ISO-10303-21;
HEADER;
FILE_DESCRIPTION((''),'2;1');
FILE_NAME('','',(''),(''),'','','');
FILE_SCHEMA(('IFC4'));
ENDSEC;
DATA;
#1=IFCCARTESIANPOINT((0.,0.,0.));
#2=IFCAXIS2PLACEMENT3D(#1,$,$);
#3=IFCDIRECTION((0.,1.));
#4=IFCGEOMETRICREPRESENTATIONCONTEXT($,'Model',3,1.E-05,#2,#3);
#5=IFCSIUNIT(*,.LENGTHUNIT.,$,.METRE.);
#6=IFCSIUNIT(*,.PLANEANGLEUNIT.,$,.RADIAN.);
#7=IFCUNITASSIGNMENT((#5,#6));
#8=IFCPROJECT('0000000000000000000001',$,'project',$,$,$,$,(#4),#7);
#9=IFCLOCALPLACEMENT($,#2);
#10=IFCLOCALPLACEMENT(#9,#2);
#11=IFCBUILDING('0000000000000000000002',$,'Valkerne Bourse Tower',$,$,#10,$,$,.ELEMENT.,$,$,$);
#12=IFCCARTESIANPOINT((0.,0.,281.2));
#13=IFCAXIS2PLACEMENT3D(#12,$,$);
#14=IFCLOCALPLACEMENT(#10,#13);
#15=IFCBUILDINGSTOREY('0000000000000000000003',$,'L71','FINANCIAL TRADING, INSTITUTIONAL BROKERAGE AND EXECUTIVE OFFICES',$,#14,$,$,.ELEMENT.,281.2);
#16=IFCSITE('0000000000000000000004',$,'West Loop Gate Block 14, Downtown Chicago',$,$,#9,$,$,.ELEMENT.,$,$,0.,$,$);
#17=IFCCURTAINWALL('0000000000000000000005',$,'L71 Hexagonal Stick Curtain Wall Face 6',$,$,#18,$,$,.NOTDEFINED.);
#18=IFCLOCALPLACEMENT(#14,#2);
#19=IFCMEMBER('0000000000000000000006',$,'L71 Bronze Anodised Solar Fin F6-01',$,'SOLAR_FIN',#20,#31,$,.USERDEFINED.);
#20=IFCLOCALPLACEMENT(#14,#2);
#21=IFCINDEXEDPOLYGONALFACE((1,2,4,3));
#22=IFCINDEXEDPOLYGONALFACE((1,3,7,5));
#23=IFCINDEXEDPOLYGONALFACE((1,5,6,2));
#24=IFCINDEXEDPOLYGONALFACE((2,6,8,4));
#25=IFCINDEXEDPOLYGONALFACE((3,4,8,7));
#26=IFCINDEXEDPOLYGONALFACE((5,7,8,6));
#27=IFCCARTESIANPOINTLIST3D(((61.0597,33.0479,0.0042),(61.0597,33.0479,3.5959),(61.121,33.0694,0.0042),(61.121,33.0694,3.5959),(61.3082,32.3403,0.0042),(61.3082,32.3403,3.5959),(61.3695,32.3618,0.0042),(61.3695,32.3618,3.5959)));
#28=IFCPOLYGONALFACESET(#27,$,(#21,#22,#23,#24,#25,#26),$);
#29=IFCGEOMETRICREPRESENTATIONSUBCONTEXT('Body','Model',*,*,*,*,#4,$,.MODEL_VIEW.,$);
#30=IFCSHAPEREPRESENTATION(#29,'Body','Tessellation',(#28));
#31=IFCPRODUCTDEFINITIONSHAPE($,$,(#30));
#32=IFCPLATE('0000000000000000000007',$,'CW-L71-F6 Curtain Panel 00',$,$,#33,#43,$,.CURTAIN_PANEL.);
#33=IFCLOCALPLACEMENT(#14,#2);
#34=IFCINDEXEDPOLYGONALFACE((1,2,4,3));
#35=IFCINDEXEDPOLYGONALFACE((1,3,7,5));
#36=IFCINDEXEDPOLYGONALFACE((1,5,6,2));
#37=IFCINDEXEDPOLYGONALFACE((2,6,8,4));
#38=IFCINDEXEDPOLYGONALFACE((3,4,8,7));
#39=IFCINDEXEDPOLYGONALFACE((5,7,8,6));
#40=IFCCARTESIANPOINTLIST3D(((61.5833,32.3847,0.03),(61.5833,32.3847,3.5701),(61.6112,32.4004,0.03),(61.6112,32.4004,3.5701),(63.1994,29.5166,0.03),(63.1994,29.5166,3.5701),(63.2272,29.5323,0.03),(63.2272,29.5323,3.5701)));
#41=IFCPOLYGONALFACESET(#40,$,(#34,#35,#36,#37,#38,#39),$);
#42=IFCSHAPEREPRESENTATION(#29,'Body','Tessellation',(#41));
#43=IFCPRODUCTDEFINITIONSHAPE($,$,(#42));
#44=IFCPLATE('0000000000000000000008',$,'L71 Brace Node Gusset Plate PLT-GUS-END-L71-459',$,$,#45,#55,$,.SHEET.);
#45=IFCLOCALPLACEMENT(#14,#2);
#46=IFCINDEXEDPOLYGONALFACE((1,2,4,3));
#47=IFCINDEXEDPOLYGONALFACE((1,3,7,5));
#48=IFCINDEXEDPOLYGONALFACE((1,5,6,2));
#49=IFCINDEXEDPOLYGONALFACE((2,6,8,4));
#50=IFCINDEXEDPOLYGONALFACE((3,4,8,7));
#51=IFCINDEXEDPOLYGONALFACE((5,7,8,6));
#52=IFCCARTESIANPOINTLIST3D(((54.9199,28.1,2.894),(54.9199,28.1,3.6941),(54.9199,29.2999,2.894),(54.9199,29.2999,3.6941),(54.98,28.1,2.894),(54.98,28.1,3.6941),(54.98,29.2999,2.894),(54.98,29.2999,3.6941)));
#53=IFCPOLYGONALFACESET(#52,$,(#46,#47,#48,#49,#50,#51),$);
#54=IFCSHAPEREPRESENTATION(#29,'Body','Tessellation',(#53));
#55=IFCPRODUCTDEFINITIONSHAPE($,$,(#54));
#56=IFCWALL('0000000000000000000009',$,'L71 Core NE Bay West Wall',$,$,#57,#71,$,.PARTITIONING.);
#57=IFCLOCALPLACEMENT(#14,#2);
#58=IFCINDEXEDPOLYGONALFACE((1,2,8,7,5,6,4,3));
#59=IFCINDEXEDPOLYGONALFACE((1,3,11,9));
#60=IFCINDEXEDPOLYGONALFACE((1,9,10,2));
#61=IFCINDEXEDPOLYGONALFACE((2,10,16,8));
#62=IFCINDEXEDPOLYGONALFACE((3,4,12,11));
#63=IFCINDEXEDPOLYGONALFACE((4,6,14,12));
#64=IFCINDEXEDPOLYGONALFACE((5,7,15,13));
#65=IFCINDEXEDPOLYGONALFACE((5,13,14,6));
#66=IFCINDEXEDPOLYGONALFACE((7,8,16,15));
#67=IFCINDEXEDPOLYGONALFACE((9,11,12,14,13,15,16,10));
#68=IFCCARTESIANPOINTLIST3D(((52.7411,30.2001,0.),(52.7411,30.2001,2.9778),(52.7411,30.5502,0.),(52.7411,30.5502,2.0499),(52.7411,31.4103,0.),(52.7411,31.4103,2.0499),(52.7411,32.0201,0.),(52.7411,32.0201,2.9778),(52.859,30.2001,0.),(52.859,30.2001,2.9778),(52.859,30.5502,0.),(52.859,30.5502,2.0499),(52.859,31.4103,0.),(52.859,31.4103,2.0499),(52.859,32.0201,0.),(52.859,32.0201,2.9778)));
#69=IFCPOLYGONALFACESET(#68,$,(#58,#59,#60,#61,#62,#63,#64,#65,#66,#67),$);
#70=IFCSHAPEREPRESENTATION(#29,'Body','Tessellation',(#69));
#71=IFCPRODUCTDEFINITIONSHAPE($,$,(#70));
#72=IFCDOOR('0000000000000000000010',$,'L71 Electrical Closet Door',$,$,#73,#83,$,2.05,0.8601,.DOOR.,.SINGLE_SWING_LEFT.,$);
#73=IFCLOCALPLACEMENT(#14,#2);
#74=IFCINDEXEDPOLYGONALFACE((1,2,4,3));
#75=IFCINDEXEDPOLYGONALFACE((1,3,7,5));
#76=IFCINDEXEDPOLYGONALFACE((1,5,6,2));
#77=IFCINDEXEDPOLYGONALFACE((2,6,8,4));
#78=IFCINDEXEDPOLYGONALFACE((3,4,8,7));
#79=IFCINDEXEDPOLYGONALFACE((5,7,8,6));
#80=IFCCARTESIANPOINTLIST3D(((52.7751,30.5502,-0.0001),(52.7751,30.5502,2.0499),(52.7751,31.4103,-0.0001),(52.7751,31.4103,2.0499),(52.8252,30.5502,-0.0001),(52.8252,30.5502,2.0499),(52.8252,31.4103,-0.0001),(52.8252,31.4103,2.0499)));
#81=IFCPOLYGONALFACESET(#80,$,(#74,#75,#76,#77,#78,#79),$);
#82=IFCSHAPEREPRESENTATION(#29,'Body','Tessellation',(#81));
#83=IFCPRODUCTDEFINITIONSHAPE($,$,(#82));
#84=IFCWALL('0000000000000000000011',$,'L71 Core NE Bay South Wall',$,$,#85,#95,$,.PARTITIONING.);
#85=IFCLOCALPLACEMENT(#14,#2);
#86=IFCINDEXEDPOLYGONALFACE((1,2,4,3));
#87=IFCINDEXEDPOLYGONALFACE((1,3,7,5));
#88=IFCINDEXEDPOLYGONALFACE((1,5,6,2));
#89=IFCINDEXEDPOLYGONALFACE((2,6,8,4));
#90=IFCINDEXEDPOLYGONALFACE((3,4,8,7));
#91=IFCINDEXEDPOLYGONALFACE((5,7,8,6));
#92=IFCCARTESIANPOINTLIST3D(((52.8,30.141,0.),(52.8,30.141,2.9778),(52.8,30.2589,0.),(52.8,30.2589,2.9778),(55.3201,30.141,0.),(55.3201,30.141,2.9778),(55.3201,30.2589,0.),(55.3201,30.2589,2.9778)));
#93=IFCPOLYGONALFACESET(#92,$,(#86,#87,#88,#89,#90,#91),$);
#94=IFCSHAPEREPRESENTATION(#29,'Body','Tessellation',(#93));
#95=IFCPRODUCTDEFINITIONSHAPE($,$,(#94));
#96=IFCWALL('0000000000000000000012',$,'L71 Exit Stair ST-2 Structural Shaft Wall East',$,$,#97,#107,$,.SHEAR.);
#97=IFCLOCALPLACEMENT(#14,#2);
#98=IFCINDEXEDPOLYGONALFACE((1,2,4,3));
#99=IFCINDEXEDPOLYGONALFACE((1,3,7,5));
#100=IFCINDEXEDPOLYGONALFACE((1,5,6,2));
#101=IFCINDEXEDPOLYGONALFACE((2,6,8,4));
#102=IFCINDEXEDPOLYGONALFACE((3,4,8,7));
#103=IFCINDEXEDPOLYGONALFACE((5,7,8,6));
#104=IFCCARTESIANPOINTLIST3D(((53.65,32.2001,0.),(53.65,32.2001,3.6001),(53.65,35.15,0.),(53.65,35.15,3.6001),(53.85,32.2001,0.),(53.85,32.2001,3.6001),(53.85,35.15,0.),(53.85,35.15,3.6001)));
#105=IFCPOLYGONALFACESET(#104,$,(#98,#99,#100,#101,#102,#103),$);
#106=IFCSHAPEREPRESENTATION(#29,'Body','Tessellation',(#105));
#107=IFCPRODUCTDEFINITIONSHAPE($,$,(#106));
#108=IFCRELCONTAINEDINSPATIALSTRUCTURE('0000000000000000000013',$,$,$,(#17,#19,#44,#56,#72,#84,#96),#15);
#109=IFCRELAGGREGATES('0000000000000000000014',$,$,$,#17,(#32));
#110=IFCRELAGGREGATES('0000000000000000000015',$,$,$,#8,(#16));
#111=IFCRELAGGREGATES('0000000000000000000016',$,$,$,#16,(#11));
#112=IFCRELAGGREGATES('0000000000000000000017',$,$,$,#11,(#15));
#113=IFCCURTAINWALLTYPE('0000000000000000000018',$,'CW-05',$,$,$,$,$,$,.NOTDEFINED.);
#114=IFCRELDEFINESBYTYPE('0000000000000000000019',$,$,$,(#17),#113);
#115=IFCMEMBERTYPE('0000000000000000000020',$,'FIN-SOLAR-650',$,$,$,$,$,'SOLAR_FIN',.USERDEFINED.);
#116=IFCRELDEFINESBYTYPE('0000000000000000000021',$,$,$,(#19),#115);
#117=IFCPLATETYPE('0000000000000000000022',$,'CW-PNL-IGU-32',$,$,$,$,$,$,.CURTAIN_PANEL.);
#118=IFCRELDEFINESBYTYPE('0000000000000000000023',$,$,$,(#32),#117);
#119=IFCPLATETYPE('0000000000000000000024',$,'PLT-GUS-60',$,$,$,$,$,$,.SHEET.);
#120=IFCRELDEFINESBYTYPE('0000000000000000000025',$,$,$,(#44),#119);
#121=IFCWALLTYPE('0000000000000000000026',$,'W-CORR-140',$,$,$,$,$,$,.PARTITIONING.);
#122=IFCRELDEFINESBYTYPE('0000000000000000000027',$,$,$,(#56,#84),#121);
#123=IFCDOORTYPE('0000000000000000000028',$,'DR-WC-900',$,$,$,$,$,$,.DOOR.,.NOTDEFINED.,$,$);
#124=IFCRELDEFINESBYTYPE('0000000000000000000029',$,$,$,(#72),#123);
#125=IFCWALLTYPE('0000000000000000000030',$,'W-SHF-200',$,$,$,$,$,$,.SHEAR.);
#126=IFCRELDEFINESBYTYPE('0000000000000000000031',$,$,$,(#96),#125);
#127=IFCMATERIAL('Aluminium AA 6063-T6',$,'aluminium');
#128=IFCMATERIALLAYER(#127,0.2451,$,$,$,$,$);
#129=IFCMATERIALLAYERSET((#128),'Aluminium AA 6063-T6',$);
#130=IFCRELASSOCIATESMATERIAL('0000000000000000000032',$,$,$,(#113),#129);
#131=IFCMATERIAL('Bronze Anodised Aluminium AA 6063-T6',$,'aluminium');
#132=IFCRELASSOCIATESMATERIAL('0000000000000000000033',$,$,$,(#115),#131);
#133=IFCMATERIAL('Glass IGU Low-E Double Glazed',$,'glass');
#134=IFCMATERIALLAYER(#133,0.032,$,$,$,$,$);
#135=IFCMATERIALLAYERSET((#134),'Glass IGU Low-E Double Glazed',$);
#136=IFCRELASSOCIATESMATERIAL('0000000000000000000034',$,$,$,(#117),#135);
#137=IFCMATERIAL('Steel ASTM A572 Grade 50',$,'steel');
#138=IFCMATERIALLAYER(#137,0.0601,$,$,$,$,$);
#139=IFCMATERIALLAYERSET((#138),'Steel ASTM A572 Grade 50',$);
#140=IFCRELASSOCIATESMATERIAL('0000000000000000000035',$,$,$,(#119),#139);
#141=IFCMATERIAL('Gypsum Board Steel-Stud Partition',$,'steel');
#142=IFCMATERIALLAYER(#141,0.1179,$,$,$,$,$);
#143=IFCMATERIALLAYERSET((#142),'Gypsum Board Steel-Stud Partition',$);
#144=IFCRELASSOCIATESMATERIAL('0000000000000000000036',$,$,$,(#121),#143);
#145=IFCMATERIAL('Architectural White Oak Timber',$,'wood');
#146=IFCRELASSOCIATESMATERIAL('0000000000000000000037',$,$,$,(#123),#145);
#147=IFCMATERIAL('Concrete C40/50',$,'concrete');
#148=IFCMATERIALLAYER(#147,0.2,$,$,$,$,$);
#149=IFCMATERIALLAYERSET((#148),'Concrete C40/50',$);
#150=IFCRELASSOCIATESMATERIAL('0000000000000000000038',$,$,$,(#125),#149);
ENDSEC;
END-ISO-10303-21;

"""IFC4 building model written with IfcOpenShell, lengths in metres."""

from ifc_helpers import new_model, si_unit, direction, frame, frame_2d, origin, origin_2d, place, context, subcontext, project, spatial, rectangle, extrude, material, layer, layer_set, material_profile, profile_set, type_object, element, fill, aggregate, save


model = new_model("IFC4")

# Units and contexts
model_context = context("Model", 3, precision=1e-05, world=origin(), true_north=direction((0.0, 1.0)))
body_context = subcontext(model_context, "Body", "Model", "MODEL_VIEW")
ifc_project = project(units=[si_unit("LENGTHUNIT", "METRE"), si_unit("PLANEANGLEUNIT", "RADIAN")], contexts=[model_context])

# Site, building, storey
site_placement = place(None, origin())
site = spatial("IfcSite", under=ifc_project, at=site_placement, Name="West Loop Gate Block 14, Downtown Chicago", CompositionType="ELEMENT", RefElevation=0.0)
building_placement = place(site_placement, origin())
building = spatial("IfcBuilding", under=site, at=building_placement, Name="Valkerne Bourse Tower", CompositionType="ELEMENT")
storey_placement = place(building_placement, frame((0.0, 0.0, 281.2)))
storey = spatial("IfcBuildingStorey", under=building, at=storey_placement, Name="L71", Description="FINANCIAL TRADING, INSTITUTIONAL BROKERAGE AND EXECUTIVE OFFICES", CompositionType="ELEMENT", Elevation=281.2)

# Curtain wall
ifc_material_1 = material(Name="Aluminium AA 6063-T6", Category="aluminium")
ifc_layer_1 = layer(ifc_material_1, 0.2451)
ifc_layer_set_1 = layer_set([ifc_layer_1], Name="Aluminium AA 6063-T6")
curtain_wall_type = type_object("IfcCurtainWallType", Name="CW-05", PredefinedType="NOTDEFINED", material=ifc_layer_set_1)
curtain_wall_placement = place(storey_placement, origin())
curtain_wall = element("IfcCurtainWall", 1, at=curtain_wall_placement, inside=storey, type_object=curtain_wall_type, Name="L71 Hexagonal Stick Curtain Wall Face 6", PredefinedType="NOTDEFINED")

# Member
ifc_material_2 = material(Name="Bronze Anodised Aluminium AA 6063-T6", Category="aluminium")
ifc_material_profile_1 = material_profile(ifc_material_2, rectangle(XDim=0.0649, YDim=0.75, at=origin_2d()), Name="FIN-65X750")
ifc_profile_set_1 = profile_set([ifc_material_profile_1], Name="Bronze Anodised Aluminium AA 6063-T6")
member_type_1 = type_object("IfcMemberType", Name="FIN-SOLAR-650", ElementType="SOLAR_FIN", PredefinedType="USERDEFINED", material=ifc_profile_set_1)
member_1_placement = place(storey_placement, frame((61.2146, 32.7048, 0.0042), z_axis=(0.0, 0.0, 1.0), x_axis=(0.943535, 0.331274, 0.0)))
element("IfcMember", 2, at=member_1_placement, inside=storey, type_object=member_type_1, Name="L71 Bronze Anodised Solar Fin F6-01", ObjectType="SOLAR_FIN", PredefinedType="USERDEFINED", context=body_context, shape_type="SweptSolid", body=[
    extrude(rectangle(XDim=0.0649, YDim=0.75, at=origin_2d()), origin(), (0.0, 0.0, 1.0), 3.5918),
])

# Plates
ifc_material_3 = material(Name="Glass IGU Low-E Double Glazed", Category="glass")
ifc_layer_2 = layer(ifc_material_3, 0.032)
ifc_layer_set_2 = layer_set([ifc_layer_2], Name="Glass IGU Low-E Double Glazed")
plate_type_1 = type_object("IfcPlateType", Name="CW-PNL-IGU-32", PredefinedType="CURTAIN_PANEL", material=ifc_layer_set_2)
plate_1_placement = place(storey_placement, frame((62.4053, 30.9585, 0.03), z_axis=(0.0, 0.0, 1.0), x_axis=(-0.490912, 0.871209, 0.0)))
plate_1 = element("IfcPlate", 3, at=plate_1_placement, type_object=plate_type_1, Name="CW-L71-F6 Curtain Panel 00", PredefinedType="CURTAIN_PANEL", context=body_context, shape_type="SweptSolid", body=[
    extrude(rectangle(XDim=3.292, YDim=0.032, at=origin_2d()), origin(), (0.0, 0.0, 1.0), 3.54),
])
aggregate(curtain_wall, [plate_1])
ifc_material_4 = material(Name="Steel ASTM A572 Grade 50", Category="steel")
ifc_layer_3 = layer(ifc_material_4, 0.0601)
ifc_layer_set_3 = layer_set([ifc_layer_3], Name="Steel ASTM A572 Grade 50")
plate_type_2 = type_object("IfcPlateType", Name="PLT-GUS-60", PredefinedType="SHEET", material=ifc_layer_set_3)
plate_2_placement = place(storey_placement, frame((54.95, 28.7, 2.894), z_axis=(0.0, 0.0, 1.0), x_axis=(0.0, 1.0, 0.0)))
element("IfcPlate", 4, at=plate_2_placement, inside=storey, type_object=plate_type_2, Name="L71 Brace Node Gusset Plate PLT-GUS-END-L71-459", PredefinedType="SHEET", context=body_context, shape_type="SweptSolid", body=[
    extrude(rectangle(XDim=1.2, YDim=0.0601, at=origin_2d()), origin(), (0.0, 0.0, 1.0), 0.8),
])

# Wall, opening, door
ifc_material_5 = material(Name="Gypsum Board Steel-Stud Partition", Category="steel")
ifc_layer_4 = layer(ifc_material_5, 0.1179)
ifc_layer_set_4 = layer_set([ifc_layer_4], Name="Gypsum Board Steel-Stud Partition")
wall_type_1 = type_object("IfcWallType", Name="W-CORR-140", PredefinedType="PARTITIONING", material=ifc_layer_set_4)
wall_1_placement = place(storey_placement, frame((52.8, 30.2, 0.0), z_axis=(0.0, 0.0, 1.0), x_axis=(0.0, 1.0, 0.0)))
wall_1 = element("IfcWall", 5, at=wall_1_placement, inside=storey, type_object=wall_type_1, Name="L71 Core NE Bay West Wall", PredefinedType="PARTITIONING", context=body_context, shape_type="SweptSolid", body=[
    extrude(rectangle(XDim=1.8201, YDim=0.1179, at=frame_2d((0.9102, 0.0))), origin(), (0.0, 0.0, 1.0), 2.9778),
])
opening_1_placement = place(wall_1_placement, frame((0.3501, 0.0, 0.0)))
opening_1 = element("IfcOpeningElement", 6, at=opening_1_placement, cuts=wall_1, PredefinedType="OPENING", context=body_context, shape_type="SweptSolid", body=[
    extrude(rectangle(XDim=0.8601, YDim=2.05, at=frame_2d((0.4302, 1.0249))), frame((0.0, 0.0688, 0.0), z_axis=(0.0, -1.0, 0.0), x_axis=(1.0, 0.0, 0.0)), (0.0, 0.0, 1.0), 0.1379),
])
ifc_material_6 = material(Name="Architectural White Oak Timber", Category="wood")
door_type_1 = type_object("IfcDoorType", Name="DR-WC-900", OperationType="NOTDEFINED", PredefinedType="DOOR", material=ifc_material_6)
door_1_placement = place(opening_1_placement, origin())
door_1 = element("IfcDoor", 7, at=door_1_placement, inside=storey, type_object=door_type_1, Name="L71 Electrical Closet Door", OperationType="SINGLE_SWING_LEFT", OverallHeight=2.05, OverallWidth=0.8601, PredefinedType="DOOR", context=body_context, shape_type="SweptSolid", body=[
    extrude(rectangle(XDim=0.8601, YDim=2.05, at=frame_2d((0.4302, 1.0249))), frame((0.0, 0.0249, 0.0), z_axis=(0.0, -1.0, 0.0), x_axis=(1.0, 0.0, 0.0)), (0.0, 0.0, 1.0), 0.05),
])
fill(opening_1, door_1)

# Wall
wall_2_placement = place(storey_placement, frame((52.8, 30.2, 0.0), z_axis=(0.0, 0.0, 1.0), x_axis=(1.0, 0.0, 0.0)))
element("IfcWall", 8, at=wall_2_placement, inside=storey, type_object=wall_type_1, Name="L71 Core NE Bay South Wall", PredefinedType="PARTITIONING", context=body_context, shape_type="SweptSolid", body=[
    extrude(rectangle(XDim=2.52, YDim=0.1179, at=frame_2d((1.26, 0.0))), origin(), (0.0, 0.0, 1.0), 2.9778),
])

# Wall
ifc_material_7 = material(Name="Concrete C40/50", Category="concrete")
ifc_layer_5 = layer(ifc_material_7, 0.2)
ifc_layer_set_5 = layer_set([ifc_layer_5], Name="Concrete C40/50")
wall_type_2 = type_object("IfcWallType", Name="W-SHF-200", PredefinedType="SHEAR", material=ifc_layer_set_5)
wall_3_placement = place(storey_placement, frame((53.75, 32.2, 0.0), z_axis=(0.0, 0.0, 1.0), x_axis=(0.0, 1.0, 0.0)))
element("IfcWall", 9, at=wall_3_placement, inside=storey, type_object=wall_type_2, Name="L71 Exit Stair ST-2 Structural Shaft Wall East", PredefinedType="SHEAR", context=body_context, shape_type="SweptSolid", body=[
    extrude(rectangle(XDim=2.95, YDim=0.2, at=frame_2d((1.4751, 0.0))), origin(), (0.0, 0.0, 1.0), 3.6001),
])

save(model, "model.ifc")
